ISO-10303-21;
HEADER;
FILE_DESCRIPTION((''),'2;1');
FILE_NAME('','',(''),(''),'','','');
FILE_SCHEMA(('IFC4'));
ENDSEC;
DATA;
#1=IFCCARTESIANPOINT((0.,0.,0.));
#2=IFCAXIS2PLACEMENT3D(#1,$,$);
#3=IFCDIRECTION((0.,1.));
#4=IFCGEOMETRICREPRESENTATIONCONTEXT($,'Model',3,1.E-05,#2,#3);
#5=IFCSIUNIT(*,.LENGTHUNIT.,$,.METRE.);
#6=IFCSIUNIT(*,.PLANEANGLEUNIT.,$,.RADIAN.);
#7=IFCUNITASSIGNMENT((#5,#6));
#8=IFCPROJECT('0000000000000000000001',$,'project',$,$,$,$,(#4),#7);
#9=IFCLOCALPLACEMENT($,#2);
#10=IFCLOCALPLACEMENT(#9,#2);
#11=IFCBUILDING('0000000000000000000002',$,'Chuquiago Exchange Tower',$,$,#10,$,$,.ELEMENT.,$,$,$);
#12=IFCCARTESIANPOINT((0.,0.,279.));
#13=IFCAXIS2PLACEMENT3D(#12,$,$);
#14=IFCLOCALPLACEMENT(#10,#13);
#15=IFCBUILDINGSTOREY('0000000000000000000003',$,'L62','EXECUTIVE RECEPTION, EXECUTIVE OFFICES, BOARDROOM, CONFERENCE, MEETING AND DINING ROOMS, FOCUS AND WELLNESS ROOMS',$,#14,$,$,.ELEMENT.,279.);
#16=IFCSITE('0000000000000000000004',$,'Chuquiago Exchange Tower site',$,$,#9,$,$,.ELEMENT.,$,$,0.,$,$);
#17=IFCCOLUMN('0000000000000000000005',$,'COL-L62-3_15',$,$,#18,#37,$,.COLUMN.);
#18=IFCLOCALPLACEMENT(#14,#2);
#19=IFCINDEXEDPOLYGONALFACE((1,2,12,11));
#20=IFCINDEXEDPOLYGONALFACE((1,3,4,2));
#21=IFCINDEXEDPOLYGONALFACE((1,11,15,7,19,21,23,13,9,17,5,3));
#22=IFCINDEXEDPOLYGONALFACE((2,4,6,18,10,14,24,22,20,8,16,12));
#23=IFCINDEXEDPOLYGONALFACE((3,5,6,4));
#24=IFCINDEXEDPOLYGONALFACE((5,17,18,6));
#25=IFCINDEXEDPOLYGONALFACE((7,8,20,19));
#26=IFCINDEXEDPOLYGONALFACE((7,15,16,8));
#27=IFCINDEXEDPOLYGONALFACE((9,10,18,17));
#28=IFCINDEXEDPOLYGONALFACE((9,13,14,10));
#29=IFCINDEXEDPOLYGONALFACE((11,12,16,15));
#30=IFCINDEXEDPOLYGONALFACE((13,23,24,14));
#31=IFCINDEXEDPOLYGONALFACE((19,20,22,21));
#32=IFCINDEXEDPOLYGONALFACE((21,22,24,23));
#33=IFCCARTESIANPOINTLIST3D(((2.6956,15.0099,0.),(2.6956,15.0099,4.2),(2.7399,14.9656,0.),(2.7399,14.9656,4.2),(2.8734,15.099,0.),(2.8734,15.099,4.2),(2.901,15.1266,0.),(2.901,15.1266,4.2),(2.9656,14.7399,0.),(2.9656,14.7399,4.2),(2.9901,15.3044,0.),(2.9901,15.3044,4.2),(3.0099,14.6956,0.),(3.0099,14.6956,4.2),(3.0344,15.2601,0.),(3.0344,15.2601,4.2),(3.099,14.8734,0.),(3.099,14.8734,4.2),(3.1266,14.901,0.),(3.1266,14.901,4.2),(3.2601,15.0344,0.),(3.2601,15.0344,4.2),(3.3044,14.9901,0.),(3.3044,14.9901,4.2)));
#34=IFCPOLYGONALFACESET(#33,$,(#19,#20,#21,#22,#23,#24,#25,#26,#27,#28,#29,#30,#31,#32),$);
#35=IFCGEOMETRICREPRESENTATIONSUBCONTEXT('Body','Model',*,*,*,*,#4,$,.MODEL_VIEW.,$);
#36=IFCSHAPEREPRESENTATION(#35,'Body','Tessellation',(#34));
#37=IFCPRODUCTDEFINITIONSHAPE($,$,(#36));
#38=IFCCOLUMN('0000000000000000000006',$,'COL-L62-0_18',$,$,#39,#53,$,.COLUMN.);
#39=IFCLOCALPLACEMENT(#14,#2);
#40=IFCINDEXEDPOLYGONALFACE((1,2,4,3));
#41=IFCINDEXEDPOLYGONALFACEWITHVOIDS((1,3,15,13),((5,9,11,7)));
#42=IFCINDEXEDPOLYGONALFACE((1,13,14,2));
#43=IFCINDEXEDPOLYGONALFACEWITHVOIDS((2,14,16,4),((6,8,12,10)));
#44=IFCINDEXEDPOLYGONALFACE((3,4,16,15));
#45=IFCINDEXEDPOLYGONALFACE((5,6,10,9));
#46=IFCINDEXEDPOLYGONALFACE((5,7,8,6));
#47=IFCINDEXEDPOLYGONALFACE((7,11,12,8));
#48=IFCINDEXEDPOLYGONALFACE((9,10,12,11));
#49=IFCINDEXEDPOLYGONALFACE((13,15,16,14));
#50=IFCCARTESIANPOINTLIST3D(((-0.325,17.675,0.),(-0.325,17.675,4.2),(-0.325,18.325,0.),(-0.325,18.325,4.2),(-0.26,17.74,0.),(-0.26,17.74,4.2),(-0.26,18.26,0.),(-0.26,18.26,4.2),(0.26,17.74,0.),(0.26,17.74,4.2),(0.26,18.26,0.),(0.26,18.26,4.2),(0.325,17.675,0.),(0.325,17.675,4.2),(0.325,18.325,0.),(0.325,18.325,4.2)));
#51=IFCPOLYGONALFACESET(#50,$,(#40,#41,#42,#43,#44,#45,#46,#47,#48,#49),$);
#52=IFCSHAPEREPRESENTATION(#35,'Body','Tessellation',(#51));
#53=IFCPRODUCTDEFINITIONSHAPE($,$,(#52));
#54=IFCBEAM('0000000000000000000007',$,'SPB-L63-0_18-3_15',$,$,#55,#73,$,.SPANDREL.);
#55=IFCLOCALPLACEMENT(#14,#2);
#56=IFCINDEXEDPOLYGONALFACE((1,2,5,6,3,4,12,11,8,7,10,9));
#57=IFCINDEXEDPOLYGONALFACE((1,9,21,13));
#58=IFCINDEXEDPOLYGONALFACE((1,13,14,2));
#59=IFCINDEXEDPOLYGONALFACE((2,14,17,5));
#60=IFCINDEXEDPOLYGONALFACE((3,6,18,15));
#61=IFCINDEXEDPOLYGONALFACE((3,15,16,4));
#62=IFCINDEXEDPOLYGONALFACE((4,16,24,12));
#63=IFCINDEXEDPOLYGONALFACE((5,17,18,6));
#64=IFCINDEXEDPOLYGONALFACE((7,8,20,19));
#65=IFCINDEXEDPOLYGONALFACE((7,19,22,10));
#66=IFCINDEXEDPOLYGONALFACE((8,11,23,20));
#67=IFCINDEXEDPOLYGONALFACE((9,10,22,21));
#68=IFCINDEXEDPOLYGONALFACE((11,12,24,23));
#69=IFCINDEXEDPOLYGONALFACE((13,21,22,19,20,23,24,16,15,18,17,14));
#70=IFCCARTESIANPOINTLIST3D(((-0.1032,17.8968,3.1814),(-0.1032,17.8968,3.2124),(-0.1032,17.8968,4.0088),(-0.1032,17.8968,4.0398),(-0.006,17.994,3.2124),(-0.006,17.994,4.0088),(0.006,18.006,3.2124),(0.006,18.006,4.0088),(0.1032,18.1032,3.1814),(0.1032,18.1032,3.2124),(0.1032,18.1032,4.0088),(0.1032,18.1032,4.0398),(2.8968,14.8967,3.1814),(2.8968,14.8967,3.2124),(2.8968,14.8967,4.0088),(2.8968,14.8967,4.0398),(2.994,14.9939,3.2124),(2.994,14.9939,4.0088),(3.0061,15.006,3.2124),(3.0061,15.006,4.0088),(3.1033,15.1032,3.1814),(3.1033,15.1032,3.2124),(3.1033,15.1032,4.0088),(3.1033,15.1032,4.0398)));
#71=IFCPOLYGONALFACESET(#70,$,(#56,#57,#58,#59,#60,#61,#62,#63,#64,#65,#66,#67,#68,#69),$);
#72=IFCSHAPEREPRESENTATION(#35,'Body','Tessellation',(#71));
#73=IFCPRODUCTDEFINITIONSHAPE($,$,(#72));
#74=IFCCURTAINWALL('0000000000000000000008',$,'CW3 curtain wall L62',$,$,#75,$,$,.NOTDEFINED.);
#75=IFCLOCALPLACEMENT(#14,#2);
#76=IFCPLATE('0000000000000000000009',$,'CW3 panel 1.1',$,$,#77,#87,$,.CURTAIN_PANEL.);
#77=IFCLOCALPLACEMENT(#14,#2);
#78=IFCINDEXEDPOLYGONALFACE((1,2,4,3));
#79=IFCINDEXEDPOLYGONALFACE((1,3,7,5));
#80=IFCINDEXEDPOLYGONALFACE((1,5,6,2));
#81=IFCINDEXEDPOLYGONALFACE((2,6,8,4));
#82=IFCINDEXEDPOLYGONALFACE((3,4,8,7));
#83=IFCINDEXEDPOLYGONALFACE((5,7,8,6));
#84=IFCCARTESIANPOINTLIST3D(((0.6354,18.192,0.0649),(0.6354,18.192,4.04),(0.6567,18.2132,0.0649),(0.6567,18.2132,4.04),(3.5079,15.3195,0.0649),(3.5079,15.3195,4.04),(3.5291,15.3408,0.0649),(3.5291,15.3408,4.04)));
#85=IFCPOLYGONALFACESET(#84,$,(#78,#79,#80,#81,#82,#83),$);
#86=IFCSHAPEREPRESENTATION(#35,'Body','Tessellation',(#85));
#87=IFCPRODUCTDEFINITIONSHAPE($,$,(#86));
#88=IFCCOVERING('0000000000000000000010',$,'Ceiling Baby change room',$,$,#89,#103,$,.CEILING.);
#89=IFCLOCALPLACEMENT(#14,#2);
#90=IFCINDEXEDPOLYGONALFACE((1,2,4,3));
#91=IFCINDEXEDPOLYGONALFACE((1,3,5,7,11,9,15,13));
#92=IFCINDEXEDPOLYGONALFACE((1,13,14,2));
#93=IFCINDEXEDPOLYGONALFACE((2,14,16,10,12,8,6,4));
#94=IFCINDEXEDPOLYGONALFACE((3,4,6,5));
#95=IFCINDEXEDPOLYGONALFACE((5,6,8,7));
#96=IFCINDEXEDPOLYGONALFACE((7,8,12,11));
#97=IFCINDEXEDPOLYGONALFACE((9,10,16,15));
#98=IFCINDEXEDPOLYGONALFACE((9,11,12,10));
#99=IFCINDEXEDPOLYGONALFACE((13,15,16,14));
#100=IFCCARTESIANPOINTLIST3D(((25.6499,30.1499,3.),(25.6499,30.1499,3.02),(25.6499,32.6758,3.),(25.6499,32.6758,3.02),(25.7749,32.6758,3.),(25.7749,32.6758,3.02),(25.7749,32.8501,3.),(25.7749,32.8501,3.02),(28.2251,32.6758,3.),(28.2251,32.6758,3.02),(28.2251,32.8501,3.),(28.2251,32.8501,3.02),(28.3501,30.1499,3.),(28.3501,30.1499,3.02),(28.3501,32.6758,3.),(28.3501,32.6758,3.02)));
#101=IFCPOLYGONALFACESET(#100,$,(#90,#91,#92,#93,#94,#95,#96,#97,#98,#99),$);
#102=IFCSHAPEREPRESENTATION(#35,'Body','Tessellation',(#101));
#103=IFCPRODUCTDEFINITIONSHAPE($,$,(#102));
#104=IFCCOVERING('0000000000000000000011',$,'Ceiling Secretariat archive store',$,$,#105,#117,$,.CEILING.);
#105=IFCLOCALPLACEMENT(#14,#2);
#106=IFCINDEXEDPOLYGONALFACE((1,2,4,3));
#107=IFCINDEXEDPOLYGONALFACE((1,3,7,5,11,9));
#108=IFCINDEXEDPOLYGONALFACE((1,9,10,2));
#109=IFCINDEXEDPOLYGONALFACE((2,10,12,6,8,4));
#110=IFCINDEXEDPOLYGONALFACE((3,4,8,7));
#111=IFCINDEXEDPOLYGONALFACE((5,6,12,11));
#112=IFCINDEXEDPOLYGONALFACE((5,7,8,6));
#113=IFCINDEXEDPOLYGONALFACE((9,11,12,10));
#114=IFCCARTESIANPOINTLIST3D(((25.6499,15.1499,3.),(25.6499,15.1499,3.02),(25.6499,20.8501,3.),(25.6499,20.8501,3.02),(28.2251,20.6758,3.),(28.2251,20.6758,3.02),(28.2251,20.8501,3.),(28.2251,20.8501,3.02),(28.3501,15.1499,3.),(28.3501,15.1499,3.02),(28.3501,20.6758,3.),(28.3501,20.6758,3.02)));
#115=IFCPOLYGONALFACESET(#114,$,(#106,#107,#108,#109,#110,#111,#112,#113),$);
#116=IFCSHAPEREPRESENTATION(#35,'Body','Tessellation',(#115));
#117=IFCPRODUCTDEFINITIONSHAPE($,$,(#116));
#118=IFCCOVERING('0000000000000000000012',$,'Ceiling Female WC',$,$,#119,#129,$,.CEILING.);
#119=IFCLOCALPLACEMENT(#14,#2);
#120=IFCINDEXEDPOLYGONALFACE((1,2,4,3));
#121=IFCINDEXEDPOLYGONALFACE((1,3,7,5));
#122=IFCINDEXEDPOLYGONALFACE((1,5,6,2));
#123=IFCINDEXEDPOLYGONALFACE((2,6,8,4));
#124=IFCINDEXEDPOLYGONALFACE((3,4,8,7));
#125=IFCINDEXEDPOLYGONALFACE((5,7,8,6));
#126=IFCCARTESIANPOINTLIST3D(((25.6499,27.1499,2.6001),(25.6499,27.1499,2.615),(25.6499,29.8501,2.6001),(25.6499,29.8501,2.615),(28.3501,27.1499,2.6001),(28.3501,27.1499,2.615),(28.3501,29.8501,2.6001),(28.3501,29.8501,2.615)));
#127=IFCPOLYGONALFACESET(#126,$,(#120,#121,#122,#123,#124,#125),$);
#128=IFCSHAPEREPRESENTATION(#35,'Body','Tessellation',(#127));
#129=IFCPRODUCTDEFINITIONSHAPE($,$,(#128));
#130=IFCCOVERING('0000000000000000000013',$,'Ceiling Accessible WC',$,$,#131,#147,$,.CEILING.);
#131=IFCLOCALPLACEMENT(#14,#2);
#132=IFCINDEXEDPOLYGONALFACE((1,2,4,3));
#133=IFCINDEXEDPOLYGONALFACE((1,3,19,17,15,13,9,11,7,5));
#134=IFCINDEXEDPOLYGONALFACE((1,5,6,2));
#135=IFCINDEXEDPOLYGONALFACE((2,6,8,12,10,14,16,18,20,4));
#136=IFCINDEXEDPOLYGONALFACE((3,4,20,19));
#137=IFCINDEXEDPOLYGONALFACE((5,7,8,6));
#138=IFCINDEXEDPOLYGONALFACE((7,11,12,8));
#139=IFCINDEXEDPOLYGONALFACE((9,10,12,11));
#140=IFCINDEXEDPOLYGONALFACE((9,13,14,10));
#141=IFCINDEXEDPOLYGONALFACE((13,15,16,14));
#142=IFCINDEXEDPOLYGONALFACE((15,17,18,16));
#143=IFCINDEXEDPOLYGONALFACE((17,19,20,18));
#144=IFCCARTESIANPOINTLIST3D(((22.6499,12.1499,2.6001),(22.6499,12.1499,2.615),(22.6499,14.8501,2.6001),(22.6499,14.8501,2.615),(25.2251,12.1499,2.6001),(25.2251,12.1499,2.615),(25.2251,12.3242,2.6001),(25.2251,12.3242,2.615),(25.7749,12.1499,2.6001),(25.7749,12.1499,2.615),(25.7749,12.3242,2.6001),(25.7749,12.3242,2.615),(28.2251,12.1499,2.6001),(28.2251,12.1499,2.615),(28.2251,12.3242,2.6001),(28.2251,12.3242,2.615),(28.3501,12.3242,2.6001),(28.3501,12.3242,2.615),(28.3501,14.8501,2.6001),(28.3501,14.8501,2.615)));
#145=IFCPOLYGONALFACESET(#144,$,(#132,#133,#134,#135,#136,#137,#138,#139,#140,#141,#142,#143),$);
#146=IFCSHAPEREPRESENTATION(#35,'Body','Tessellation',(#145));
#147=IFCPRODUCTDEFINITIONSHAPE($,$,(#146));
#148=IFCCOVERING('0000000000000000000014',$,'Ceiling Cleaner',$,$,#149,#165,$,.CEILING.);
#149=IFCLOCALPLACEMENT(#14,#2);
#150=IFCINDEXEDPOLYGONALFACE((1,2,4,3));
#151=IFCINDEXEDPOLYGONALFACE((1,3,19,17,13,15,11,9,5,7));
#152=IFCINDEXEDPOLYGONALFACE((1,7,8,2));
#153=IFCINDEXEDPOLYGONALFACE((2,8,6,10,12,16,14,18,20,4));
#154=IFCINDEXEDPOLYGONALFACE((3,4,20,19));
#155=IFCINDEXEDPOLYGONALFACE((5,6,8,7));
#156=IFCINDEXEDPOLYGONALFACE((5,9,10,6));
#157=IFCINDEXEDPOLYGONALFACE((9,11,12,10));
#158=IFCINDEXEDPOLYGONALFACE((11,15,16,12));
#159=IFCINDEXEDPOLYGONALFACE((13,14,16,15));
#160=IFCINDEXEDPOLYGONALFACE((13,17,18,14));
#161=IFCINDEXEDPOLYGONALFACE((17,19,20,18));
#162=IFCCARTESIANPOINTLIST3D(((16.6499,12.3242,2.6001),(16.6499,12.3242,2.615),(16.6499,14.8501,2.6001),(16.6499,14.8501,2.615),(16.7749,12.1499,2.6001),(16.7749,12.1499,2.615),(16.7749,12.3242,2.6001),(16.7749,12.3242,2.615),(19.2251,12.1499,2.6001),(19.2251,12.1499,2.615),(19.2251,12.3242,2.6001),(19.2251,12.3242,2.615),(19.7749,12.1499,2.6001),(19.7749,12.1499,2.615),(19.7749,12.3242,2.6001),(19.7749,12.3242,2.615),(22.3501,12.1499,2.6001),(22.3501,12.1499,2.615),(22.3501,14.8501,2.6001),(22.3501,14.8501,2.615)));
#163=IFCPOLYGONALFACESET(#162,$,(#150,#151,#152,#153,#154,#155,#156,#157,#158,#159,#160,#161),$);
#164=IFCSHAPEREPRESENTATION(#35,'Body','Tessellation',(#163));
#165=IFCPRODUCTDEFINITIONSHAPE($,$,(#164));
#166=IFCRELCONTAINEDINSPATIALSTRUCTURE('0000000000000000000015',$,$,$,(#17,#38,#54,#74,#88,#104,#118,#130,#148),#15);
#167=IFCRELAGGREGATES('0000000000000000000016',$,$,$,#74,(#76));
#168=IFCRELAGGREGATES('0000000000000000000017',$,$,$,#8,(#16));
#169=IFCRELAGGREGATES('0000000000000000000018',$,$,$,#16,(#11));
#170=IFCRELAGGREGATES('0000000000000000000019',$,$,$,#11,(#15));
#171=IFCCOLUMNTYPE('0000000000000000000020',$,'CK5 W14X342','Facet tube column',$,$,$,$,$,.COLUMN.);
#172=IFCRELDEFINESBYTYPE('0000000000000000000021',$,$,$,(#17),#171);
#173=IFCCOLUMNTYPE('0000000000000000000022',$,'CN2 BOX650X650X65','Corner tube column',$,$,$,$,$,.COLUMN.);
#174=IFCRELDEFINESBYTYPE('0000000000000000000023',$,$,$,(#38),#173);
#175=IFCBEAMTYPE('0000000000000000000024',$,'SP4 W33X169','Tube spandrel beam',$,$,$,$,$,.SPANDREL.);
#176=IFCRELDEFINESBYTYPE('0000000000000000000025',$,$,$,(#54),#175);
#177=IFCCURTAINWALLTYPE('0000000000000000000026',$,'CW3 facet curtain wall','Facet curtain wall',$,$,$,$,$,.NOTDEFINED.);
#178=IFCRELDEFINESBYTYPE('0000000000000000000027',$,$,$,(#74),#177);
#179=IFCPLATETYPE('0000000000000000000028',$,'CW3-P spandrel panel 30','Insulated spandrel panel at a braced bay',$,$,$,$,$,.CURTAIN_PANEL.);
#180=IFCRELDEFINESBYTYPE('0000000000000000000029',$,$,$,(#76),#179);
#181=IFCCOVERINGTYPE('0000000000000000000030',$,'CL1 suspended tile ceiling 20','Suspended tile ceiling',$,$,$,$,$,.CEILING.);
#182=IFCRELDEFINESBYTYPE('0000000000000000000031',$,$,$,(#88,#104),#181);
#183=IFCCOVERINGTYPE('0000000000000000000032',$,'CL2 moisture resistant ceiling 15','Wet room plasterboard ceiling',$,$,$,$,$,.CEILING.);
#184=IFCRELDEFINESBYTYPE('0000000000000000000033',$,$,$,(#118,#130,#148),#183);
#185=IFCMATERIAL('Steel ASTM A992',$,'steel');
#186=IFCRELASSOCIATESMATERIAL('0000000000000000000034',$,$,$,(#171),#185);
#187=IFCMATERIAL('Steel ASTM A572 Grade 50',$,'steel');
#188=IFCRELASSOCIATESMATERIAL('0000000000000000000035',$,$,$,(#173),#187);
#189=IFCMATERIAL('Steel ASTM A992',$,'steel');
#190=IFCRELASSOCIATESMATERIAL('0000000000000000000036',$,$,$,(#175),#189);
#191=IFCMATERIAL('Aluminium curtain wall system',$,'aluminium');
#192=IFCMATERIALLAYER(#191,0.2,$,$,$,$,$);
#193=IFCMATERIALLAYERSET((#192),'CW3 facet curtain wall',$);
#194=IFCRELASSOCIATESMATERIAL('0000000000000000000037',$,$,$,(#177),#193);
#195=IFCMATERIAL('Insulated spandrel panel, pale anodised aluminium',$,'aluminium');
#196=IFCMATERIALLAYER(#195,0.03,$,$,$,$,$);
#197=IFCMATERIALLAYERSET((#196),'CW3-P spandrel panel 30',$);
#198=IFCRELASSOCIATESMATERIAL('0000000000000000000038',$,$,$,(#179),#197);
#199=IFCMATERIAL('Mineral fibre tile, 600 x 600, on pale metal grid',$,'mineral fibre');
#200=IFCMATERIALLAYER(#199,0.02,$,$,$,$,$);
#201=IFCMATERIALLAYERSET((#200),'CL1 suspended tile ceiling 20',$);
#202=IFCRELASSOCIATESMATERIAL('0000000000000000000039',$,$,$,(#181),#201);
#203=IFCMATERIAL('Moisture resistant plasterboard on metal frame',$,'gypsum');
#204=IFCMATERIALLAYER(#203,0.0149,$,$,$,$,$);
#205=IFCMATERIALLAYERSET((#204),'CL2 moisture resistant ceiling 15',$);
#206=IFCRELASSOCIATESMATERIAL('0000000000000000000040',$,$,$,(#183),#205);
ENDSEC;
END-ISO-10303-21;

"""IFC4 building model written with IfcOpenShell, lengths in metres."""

from ifc_helpers import new_model, si_unit, direction, frame, origin, origin_2d, place, context, subcontext, project, spatial, polyline, rectangle, hollow_rectangle, i_section, outline, extrude, material, layer, layer_set, material_profile, profile_set, type_object, element, aggregate, save


model = new_model("IFC4")

# Units and contexts
model_context = context("Model", 3, precision=1e-05, world=origin(), true_north=direction((0.0, 1.0)))
body_context = subcontext(model_context, "Body", "Model", "MODEL_VIEW")
ifc_project = project(units=[si_unit("LENGTHUNIT", "METRE"), si_unit("PLANEANGLEUNIT", "RADIAN")], contexts=[model_context])

# Site, building, storey
site_placement = place(None, origin())
site = spatial("IfcSite", under=ifc_project, at=site_placement, Name="Chuquiago Exchange Tower site", CompositionType="ELEMENT", RefElevation=0.0)
building_placement = place(site_placement, origin())
building = spatial("IfcBuilding", under=site, at=building_placement, Name="Chuquiago Exchange Tower", CompositionType="ELEMENT")
storey_placement = place(building_placement, frame((0.0, 0.0, 279.0)))
storey = spatial("IfcBuildingStorey", under=building, at=storey_placement, Name="L62", Description="EXECUTIVE RECEPTION, EXECUTIVE OFFICES, BOARDROOM, CONFERENCE, MEETING AND DINING ROOMS, FOCUS AND WELLNESS ROOMS", CompositionType="ELEMENT", Elevation=279.0)

# Columns
ifc_material_1 = material(Name="Steel ASTM A992", Category="steel")
ifc_material_profile_1 = material_profile(ifc_material_1, i_section(OverallWidth=0.4165, OverallDepth=0.4446, WebThickness=0.0391, FlangeThickness=0.0627, at=origin_2d()), Name="W14X342")
ifc_profile_set_1 = profile_set([ifc_material_profile_1], Name="Steel ASTM A992")
column_type_1 = type_object("IfcColumnType", Name="CK5 W14X342", Description="Facet tube column", PredefinedType="COLUMN", material=ifc_profile_set_1)
column_1_placement = place(storey_placement, frame((3.0, 15.0, 0.0), z_axis=(0.0, 0.0, 1.0), x_axis=(-0.707107, -0.707107, 0.0)))
element("IfcColumn", 1, at=column_1_placement, inside=storey, type_object=column_type_1, Name="COL-L62-3_15", PredefinedType="COLUMN", context=body_context, shape_type="SweptSolid", body=[
    extrude(i_section(OverallWidth=0.4165, OverallDepth=0.4446, WebThickness=0.0391, FlangeThickness=0.0627, at=origin_2d()), origin(), (0.0, 0.0, 1.0), 4.2),
])
ifc_material_2 = material(Name="Steel ASTM A572 Grade 50", Category="steel")
ifc_material_profile_2 = material_profile(ifc_material_2, hollow_rectangle(XDim=0.6499, YDim=0.6499, WallThickness=0.0649, at=origin_2d()), Name="BOX650X650X65")
ifc_profile_set_2 = profile_set([ifc_material_profile_2], Name="Steel ASTM A572 Grade 50")
column_type_2 = type_object("IfcColumnType", Name="CN2 BOX650X650X65", Description="Corner tube column", PredefinedType="COLUMN", material=ifc_profile_set_2)
column_2_placement = place(storey_placement, frame((0.0, 18.0, 0.0), z_axis=(0.0, 0.0, 1.0), x_axis=(-1.0, 0.0, 0.0)))
element("IfcColumn", 2, at=column_2_placement, inside=storey, type_object=column_type_2, Name="COL-L62-0_18", PredefinedType="COLUMN", context=body_context, shape_type="SweptSolid", body=[
    extrude(hollow_rectangle(XDim=0.6499, YDim=0.6499, WallThickness=0.0649, at=origin_2d()), origin(), (0.0, 0.0, 1.0), 4.2),
])

# Beam
ifc_material_3 = material(Name="Steel ASTM A992", Category="steel")
ifc_material_profile_3 = material_profile(ifc_material_3, i_section(OverallWidth=0.292, OverallDepth=0.8584, WebThickness=0.0171, FlangeThickness=0.031, at=origin_2d()), Name="W33X169")
ifc_profile_set_3 = profile_set([ifc_material_profile_3], Name="Steel ASTM A992")
beam_type = type_object("IfcBeamType", Name="SP4 W33X169", Description="Tube spandrel beam", PredefinedType="SPANDREL", material=ifc_profile_set_3)
beam_placement = place(storey_placement, frame((0.0, 18.0, 3.6106), z_axis=(0.707107, -0.707107, 0.0), x_axis=(0.707107, 0.707107, 0.0)))
element("IfcBeam", 3, at=beam_placement, inside=storey, type_object=beam_type, Name="SPB-L63-0_18-3_15", PredefinedType="SPANDREL", context=body_context, shape_type="SweptSolid", body=[
    extrude(i_section(OverallWidth=0.292, OverallDepth=0.8584, WebThickness=0.0171, FlangeThickness=0.031, at=origin_2d()), origin(), (0.0, 0.0, 1.0), 4.2427),
])

# Curtain wall, plate
ifc_material_4 = material(Name="Aluminium curtain wall system", Category="aluminium")
ifc_layer_1 = layer(ifc_material_4, 0.2)
ifc_layer_set_1 = layer_set([ifc_layer_1], Name="CW3 facet curtain wall")
curtain_wall_type = type_object("IfcCurtainWallType", Name="CW3 facet curtain wall", Description="Facet curtain wall", PredefinedType="NOTDEFINED", material=ifc_layer_set_1)
curtain_wall_placement = place(storey_placement, origin())
curtain_wall = element("IfcCurtainWall", 4, at=curtain_wall_placement, inside=storey, type_object=curtain_wall_type, Name="CW3 curtain wall L62", PredefinedType="NOTDEFINED")
ifc_material_5 = material(Name="Insulated spandrel panel, pale anodised aluminium", Category="aluminium")
ifc_layer_2 = layer(ifc_material_5, 0.03)
ifc_layer_set_2 = layer_set([ifc_layer_2], Name="CW3-P spandrel panel 30")
plate_type = type_object("IfcPlateType", Name="CW3-P spandrel panel 30", Description="Insulated spandrel panel at a braced bay", PredefinedType="CURTAIN_PANEL", material=ifc_layer_set_2)
plate_placement = place(storey_placement, frame((2.0823, 16.7664, 0.0649), z_axis=(0.0, 0.0, 1.0), x_axis=(0.707107, -0.707107, 0.0)))
plate = element("IfcPlate", 5, at=plate_placement, type_object=plate_type, Name="CW3 panel 1.1", PredefinedType="CURTAIN_PANEL", context=body_context, shape_type="SweptSolid", body=[
    extrude(rectangle(XDim=4.0623, YDim=0.03, at=origin_2d()), origin(), (0.0, 0.0, 1.0), 3.9751),
])
aggregate(curtain_wall, [plate])

# Coverings
ifc_material_6 = material(Name="Mineral fibre tile, 600 x 600, on pale metal grid", Category="mineral fibre")
ifc_layer_3 = layer(ifc_material_6, 0.02)
ifc_layer_set_3 = layer_set([ifc_layer_3], Name="CL1 suspended tile ceiling 20")
covering_type_1 = type_object("IfcCoveringType", Name="CL1 suspended tile ceiling 20", Description="Suspended tile ceiling", PredefinedType="CEILING", material=ifc_layer_set_3)
covering_1_placement = place(storey_placement, frame((0.0, 0.0, 3.0)))
element("IfcCovering", 6, at=covering_1_placement, inside=storey, type_object=covering_type_1, Name="Ceiling Baby change room", PredefinedType="CEILING", context=body_context, shape_type="SweptSolid", body=[
    extrude(outline(polyline([(25.6499, 30.1499), (25.6499, 32.6758), (25.7749, 32.6758), (25.7749, 32.8501), (28.2251, 32.8501), (28.2251, 32.6758), (28.3501, 32.6758), (28.3501, 30.1499), (25.6499, 30.1499)])), origin(), (0.0, 0.0, 1.0), 0.02),
])
covering_2_placement = place(storey_placement, frame((0.0, 0.0, 3.0)))
element("IfcCovering", 7, at=covering_2_placement, inside=storey, type_object=covering_type_1, Name="Ceiling Secretariat archive store", PredefinedType="CEILING", context=body_context, shape_type="SweptSolid", body=[
    extrude(outline(polyline([(25.6499, 15.1499), (25.6499, 20.8501), (28.2251, 20.8501), (28.2251, 20.6758), (28.3501, 20.6758), (28.3501, 15.1499), (25.6499, 15.1499)])), origin(), (0.0, 0.0, 1.0), 0.02),
])
ifc_material_7 = material(Name="Moisture resistant plasterboard on metal frame", Category="gypsum")
ifc_layer_4 = layer(ifc_material_7, 0.0149)
ifc_layer_set_4 = layer_set([ifc_layer_4], Name="CL2 moisture resistant ceiling 15")
covering_type_2 = type_object("IfcCoveringType", Name="CL2 moisture resistant ceiling 15", Description="Wet room plasterboard ceiling", PredefinedType="CEILING", material=ifc_layer_set_4)
covering_3_placement = place(storey_placement, frame((0.0, 0.0, 2.6001)))
element("IfcCovering", 8, at=covering_3_placement, inside=storey, type_object=covering_type_2, Name="Ceiling Female WC", PredefinedType="CEILING", context=body_context, shape_type="SweptSolid", body=[
    extrude(outline(polyline([(25.6499, 27.1499), (25.6499, 29.8501), (28.3501, 29.8501), (28.3501, 27.1499), (25.6499, 27.1499)])), origin(), (0.0, 0.0, 1.0), 0.0149),
])
covering_4_placement = place(storey_placement, frame((0.0, 0.0, 2.6001)))
element("IfcCovering", 9, at=covering_4_placement, inside=storey, type_object=covering_type_2, Name="Ceiling Accessible WC", PredefinedType="CEILING", context=body_context, shape_type="SweptSolid", body=[
    extrude(outline(polyline([(25.7749, 12.1499), (25.7749, 12.3242), (25.2251, 12.3242), (25.2251, 12.1499), (22.6499, 12.1499), (22.6499, 14.8501), (28.3501, 14.8501), (28.3501, 12.3242), (28.2251, 12.3242), (28.2251, 12.1499), (25.7749, 12.1499)])), origin(), (0.0, 0.0, 1.0), 0.0149),
])
covering_5_placement = place(storey_placement, frame((0.0, 0.0, 2.6001)))
element("IfcCovering", 10, at=covering_5_placement, inside=storey, type_object=covering_type_2, Name="Ceiling Cleaner", PredefinedType="CEILING", context=body_context, shape_type="SweptSolid", body=[
    extrude(outline(polyline([(19.7749, 12.1499), (19.7749, 12.3242), (19.2251, 12.3242), (19.2251, 12.1499), (16.7749, 12.1499), (16.7749, 12.3242), (16.6499, 12.3242), (16.6499, 14.8501), (22.3501, 14.8501), (22.3501, 12.1499), (19.7749, 12.1499)])), origin(), (0.0, 0.0, 1.0), 0.0149),
])

save(model, "model.ifc")
